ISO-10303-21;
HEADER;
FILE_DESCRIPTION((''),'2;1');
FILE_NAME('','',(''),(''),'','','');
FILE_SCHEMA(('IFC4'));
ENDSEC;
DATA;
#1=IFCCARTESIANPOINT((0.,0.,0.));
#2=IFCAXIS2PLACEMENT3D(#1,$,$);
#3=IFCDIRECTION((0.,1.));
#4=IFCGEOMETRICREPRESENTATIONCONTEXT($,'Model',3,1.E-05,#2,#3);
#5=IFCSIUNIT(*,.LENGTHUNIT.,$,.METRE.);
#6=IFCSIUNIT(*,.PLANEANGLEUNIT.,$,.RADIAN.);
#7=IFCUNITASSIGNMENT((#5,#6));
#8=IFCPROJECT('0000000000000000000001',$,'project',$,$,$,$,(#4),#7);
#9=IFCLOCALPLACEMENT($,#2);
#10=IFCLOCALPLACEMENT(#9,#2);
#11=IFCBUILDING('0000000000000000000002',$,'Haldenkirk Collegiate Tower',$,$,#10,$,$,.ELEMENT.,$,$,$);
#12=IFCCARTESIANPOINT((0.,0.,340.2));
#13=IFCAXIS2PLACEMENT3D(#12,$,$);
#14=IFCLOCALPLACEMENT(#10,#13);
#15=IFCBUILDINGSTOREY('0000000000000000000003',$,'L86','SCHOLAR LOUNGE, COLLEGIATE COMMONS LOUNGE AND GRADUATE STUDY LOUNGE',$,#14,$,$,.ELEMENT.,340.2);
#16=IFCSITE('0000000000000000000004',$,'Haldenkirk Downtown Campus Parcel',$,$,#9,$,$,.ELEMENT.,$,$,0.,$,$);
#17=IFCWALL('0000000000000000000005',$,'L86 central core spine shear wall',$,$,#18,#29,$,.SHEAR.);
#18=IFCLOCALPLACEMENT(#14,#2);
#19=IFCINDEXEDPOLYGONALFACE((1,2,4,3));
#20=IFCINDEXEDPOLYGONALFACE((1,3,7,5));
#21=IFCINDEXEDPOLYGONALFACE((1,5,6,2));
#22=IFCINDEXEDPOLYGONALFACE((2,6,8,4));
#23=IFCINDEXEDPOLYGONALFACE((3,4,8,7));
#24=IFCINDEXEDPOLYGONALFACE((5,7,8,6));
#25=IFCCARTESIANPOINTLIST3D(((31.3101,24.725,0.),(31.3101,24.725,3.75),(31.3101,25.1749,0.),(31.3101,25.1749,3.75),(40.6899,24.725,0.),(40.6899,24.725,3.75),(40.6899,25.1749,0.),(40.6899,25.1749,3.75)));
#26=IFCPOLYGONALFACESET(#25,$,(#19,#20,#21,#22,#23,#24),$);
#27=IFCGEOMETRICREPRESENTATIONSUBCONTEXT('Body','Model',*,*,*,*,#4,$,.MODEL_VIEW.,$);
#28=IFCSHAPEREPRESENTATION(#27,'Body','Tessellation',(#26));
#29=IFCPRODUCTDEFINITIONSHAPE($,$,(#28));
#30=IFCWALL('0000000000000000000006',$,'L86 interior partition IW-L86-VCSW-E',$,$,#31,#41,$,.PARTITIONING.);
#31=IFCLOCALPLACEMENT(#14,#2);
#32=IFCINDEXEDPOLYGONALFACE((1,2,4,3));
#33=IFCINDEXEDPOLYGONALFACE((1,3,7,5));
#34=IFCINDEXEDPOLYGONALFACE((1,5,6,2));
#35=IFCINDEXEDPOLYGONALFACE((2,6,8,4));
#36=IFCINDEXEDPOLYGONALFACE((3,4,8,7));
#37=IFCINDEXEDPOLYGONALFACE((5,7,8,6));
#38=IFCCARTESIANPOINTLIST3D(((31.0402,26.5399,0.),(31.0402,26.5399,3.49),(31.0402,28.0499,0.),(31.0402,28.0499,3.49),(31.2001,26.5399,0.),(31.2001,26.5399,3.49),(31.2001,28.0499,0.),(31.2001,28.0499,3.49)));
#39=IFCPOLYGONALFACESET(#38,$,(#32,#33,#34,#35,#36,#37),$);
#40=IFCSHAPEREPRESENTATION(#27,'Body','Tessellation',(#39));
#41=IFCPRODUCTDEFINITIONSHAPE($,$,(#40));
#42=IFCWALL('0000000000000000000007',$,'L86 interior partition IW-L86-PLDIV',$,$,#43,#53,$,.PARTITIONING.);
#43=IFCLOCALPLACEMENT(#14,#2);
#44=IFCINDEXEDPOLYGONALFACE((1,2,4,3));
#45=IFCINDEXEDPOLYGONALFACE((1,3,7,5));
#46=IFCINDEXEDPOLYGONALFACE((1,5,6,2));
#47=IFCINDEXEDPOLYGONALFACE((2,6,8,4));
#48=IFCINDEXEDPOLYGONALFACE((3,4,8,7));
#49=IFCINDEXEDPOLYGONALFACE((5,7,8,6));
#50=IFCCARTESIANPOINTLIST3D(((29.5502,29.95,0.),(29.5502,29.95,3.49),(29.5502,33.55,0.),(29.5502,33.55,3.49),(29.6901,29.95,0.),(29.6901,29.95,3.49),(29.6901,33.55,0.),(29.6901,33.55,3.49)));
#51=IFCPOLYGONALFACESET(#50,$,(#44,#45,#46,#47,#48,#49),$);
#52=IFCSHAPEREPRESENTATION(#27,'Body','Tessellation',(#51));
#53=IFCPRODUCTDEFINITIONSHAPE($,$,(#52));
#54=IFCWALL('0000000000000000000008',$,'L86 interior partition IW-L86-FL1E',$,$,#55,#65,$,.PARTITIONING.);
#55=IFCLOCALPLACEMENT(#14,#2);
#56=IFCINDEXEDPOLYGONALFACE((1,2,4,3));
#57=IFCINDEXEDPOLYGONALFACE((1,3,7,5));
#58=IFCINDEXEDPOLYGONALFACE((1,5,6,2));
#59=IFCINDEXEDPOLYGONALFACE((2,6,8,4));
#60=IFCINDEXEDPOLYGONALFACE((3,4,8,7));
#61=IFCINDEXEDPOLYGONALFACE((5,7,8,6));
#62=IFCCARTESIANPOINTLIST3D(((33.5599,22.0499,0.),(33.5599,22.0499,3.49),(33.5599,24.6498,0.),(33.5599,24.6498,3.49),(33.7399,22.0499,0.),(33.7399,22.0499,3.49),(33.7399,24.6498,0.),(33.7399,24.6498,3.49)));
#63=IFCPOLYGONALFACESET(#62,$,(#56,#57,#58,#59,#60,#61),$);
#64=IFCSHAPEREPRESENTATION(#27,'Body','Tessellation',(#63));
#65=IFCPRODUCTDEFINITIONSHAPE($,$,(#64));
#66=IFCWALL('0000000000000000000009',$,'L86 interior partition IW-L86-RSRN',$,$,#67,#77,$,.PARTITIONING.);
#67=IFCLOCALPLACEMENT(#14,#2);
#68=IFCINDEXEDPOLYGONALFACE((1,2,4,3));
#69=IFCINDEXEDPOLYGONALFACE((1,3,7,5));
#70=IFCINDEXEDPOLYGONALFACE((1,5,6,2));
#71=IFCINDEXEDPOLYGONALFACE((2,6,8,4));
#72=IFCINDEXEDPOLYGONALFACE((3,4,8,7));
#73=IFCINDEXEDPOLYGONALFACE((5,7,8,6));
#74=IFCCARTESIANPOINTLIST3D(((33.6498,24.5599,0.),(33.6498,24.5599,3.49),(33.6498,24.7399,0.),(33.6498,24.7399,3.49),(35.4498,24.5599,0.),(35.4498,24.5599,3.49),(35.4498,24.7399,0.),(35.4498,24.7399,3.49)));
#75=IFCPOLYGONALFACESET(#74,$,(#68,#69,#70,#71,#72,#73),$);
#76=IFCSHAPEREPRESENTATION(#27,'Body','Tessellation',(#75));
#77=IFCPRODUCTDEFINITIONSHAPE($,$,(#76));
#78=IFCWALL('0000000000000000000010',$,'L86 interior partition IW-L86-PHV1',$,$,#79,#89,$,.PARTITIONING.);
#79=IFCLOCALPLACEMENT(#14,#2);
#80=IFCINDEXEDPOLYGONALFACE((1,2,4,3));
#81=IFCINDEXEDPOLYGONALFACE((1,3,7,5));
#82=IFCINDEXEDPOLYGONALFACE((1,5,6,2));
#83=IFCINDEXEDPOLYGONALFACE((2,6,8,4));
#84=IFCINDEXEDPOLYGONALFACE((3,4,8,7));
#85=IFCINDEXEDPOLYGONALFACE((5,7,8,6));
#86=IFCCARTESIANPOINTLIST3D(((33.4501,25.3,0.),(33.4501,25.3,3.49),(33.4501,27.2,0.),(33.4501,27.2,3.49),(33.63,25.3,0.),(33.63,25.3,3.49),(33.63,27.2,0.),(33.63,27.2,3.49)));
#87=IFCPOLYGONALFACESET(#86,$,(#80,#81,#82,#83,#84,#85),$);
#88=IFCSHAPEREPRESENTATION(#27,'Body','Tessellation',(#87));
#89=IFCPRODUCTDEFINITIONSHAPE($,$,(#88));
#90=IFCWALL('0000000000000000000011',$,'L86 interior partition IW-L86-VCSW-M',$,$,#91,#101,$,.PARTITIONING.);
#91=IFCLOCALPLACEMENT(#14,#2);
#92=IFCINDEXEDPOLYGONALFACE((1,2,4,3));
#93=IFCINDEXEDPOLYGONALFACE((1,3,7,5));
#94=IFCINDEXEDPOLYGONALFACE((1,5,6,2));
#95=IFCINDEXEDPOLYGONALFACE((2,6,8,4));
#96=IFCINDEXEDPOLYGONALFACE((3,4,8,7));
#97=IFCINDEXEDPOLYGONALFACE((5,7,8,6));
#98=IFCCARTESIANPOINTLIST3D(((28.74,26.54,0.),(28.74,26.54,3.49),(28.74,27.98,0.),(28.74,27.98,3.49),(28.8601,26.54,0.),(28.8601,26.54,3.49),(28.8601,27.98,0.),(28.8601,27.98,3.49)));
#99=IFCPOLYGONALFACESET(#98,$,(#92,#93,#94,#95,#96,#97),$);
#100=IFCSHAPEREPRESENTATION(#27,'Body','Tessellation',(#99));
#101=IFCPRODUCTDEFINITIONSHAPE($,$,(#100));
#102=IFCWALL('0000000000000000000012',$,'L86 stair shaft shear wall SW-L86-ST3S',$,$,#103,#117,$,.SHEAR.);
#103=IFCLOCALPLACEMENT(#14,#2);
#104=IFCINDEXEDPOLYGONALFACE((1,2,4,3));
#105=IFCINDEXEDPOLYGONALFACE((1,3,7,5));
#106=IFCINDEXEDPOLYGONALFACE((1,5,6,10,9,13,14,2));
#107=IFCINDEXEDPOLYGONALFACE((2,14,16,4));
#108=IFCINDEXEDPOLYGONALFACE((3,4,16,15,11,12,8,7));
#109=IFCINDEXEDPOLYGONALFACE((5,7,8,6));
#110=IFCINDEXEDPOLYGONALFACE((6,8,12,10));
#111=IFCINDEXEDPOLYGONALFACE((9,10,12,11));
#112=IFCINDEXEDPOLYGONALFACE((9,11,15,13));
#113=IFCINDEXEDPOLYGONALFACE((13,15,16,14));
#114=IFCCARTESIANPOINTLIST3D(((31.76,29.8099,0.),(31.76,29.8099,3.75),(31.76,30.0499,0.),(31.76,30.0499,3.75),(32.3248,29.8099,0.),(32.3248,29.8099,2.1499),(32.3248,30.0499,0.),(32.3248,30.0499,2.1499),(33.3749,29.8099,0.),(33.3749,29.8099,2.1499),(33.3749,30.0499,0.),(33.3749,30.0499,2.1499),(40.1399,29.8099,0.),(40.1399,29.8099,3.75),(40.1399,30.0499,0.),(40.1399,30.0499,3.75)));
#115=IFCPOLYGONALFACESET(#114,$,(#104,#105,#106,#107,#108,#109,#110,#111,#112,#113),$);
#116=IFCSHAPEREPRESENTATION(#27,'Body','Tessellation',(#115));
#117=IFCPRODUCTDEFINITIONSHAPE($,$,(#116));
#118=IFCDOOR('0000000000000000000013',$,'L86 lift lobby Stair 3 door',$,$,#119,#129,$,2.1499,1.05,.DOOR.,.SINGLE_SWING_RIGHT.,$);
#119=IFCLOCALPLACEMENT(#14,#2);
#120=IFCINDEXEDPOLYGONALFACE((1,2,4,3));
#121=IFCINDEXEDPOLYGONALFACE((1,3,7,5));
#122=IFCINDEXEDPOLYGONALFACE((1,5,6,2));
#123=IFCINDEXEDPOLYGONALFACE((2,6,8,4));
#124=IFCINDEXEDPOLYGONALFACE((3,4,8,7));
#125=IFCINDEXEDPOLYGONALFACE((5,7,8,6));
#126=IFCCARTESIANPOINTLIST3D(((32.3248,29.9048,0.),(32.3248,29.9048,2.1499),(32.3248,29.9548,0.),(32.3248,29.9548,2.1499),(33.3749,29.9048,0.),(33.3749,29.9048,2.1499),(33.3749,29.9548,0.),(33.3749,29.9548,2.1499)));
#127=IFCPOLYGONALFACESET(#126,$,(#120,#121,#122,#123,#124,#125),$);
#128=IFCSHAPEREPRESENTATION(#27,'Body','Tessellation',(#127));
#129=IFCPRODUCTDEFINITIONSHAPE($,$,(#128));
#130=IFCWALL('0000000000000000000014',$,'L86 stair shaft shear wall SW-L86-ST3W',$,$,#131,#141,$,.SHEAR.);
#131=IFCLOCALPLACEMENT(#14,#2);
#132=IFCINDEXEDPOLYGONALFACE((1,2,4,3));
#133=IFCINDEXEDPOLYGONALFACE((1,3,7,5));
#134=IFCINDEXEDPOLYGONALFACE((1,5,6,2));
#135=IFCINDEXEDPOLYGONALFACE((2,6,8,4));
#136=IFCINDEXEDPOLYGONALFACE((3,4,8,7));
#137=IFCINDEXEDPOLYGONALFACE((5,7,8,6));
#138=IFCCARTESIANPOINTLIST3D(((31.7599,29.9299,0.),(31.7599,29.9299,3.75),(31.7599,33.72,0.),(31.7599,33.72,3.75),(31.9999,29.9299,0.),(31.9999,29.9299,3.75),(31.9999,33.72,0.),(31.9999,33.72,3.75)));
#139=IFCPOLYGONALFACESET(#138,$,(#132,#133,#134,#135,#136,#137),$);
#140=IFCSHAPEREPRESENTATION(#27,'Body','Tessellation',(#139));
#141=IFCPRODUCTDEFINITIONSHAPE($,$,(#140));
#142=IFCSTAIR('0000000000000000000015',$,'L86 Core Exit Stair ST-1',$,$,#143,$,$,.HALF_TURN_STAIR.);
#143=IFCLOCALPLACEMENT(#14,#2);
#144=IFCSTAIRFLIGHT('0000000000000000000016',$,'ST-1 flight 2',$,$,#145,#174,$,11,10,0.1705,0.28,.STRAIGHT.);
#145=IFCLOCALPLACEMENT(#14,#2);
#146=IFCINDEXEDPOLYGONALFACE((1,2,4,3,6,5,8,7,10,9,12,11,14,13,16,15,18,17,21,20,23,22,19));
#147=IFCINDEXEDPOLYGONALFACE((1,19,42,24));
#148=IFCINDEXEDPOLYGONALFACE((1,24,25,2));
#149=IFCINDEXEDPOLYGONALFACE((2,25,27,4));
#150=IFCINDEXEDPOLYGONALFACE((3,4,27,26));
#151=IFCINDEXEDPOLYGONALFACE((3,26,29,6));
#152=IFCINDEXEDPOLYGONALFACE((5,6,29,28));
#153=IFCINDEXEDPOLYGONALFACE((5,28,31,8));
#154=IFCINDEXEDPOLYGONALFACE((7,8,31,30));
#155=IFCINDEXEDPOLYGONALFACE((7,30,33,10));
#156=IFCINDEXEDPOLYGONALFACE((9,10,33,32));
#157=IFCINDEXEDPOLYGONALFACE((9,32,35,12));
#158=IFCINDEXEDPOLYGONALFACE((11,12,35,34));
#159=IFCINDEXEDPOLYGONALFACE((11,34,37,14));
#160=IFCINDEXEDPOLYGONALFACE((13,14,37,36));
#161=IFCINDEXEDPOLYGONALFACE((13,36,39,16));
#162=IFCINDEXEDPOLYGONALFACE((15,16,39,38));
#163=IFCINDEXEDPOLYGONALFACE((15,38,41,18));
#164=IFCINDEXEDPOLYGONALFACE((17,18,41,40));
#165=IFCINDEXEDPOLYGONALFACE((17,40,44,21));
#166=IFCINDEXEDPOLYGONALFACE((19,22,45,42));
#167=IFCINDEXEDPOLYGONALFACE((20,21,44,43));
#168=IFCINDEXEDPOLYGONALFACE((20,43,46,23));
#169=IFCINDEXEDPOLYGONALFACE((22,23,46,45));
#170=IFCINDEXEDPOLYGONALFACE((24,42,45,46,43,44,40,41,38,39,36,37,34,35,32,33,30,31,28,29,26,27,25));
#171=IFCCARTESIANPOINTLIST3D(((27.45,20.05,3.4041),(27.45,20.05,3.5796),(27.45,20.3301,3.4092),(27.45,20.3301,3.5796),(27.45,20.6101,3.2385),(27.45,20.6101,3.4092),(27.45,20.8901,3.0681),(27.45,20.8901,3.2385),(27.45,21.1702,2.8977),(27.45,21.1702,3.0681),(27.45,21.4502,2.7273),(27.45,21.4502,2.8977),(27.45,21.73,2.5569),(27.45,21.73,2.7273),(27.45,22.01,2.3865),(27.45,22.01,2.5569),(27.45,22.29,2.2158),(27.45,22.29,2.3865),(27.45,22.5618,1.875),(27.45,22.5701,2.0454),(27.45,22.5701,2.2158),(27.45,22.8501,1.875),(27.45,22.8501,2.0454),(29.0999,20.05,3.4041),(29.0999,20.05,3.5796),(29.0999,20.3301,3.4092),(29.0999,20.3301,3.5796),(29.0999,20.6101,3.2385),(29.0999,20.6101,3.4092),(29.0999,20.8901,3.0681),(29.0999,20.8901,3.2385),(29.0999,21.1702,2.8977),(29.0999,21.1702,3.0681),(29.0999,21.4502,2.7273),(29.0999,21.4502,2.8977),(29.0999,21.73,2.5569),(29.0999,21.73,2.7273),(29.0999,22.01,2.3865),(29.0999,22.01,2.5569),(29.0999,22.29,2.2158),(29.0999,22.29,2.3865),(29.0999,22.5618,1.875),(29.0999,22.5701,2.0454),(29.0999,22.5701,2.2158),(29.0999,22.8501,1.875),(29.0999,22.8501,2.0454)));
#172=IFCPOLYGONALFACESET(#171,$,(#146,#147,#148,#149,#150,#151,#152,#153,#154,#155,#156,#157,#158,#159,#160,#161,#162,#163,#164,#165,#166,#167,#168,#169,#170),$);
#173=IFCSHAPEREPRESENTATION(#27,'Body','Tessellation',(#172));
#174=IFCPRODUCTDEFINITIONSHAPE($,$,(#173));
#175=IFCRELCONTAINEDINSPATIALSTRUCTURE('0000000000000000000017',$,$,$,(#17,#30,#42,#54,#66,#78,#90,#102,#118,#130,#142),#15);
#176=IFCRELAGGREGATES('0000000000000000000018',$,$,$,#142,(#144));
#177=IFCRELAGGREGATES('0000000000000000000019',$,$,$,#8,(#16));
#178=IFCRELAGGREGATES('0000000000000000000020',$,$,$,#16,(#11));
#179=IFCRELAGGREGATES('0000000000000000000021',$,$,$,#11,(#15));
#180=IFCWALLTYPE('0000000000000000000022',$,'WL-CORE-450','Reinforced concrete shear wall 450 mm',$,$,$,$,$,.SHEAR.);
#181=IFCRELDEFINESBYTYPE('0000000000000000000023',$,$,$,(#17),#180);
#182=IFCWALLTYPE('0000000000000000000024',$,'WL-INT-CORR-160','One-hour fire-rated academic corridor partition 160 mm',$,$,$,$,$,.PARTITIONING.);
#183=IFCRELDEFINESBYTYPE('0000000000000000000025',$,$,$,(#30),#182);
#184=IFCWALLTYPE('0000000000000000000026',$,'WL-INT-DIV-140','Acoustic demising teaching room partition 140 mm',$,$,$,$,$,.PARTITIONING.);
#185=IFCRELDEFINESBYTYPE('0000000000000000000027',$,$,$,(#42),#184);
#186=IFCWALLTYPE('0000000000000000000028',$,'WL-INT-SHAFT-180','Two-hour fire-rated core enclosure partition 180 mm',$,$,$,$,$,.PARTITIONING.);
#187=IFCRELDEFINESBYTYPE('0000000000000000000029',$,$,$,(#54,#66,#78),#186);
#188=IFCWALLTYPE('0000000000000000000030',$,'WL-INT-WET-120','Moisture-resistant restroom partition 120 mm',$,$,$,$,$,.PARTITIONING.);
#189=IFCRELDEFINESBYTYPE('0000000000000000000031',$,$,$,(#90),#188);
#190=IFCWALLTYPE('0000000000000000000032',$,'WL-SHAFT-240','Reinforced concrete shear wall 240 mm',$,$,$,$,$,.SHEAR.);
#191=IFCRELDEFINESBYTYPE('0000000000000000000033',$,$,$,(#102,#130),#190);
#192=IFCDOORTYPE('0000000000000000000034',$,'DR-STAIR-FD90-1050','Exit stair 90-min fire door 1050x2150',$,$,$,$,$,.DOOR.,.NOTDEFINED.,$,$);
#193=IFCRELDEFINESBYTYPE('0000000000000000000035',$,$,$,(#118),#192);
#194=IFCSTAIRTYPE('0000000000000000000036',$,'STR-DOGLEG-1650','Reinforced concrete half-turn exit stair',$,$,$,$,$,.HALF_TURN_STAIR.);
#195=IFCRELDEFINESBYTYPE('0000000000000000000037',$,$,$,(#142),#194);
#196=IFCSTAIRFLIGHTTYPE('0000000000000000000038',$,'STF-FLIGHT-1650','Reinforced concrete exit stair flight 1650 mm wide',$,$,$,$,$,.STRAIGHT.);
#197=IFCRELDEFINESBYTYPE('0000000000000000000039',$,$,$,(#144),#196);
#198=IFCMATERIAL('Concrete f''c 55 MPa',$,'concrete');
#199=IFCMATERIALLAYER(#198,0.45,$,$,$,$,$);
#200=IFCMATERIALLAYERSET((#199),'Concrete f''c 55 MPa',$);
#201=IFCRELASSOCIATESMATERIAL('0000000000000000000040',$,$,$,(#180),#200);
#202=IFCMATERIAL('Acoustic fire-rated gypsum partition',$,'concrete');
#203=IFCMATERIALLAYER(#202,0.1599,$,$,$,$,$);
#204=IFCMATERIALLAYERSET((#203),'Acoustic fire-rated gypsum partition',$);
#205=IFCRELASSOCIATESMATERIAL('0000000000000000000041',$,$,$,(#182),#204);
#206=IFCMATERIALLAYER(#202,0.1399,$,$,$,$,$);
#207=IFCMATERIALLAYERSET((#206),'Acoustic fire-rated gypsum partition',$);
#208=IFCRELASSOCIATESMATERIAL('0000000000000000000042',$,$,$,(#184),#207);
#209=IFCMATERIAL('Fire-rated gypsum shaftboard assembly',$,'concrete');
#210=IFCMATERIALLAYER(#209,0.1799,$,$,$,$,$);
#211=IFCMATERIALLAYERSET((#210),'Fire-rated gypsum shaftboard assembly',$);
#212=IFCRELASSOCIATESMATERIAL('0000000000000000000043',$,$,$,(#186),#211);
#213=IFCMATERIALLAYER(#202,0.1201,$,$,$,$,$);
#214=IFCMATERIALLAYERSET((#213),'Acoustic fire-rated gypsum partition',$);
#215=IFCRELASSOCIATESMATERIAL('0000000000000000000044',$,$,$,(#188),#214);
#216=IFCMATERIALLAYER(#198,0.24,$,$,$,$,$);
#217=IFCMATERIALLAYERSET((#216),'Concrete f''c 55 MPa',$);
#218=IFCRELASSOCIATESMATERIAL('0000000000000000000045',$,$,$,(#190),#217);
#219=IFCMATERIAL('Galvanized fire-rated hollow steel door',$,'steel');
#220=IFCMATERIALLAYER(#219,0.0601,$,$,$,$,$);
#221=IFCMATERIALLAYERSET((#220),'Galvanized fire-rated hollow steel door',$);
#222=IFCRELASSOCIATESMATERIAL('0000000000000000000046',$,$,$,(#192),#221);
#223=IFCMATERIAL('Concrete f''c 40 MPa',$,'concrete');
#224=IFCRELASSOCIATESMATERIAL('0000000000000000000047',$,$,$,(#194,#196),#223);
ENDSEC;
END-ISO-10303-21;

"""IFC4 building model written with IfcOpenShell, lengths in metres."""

from ifc_helpers import new_model, si_unit, direction, frame, frame_2d, origin, place, context, subcontext, project, spatial, polyline, rectangle, outline, extrude, material, layer, layer_set, type_object, element, fill, aggregate, save


model = new_model("IFC4")

# Units and contexts
model_context = context("Model", 3, precision=1e-05, world=origin(), true_north=direction((0.0, 1.0)))
body_context = subcontext(model_context, "Body", "Model", "MODEL_VIEW")
ifc_project = project(units=[si_unit("LENGTHUNIT", "METRE"), si_unit("PLANEANGLEUNIT", "RADIAN")], contexts=[model_context])

# Site, building, storey
site_placement = place(None, origin())
site = spatial("IfcSite", under=ifc_project, at=site_placement, Name="Haldenkirk Downtown Campus Parcel", CompositionType="ELEMENT", RefElevation=0.0)
building_placement = place(site_placement, origin())
building = spatial("IfcBuilding", under=site, at=building_placement, Name="Haldenkirk Collegiate Tower", CompositionType="ELEMENT")
storey_placement = place(building_placement, frame((0.0, 0.0, 340.2)))
storey = spatial("IfcBuildingStorey", under=building, at=storey_placement, Name="L86", Description="SCHOLAR LOUNGE, COLLEGIATE COMMONS LOUNGE AND GRADUATE STUDY LOUNGE", CompositionType="ELEMENT", Elevation=340.2)

# Walls
ifc_material_1 = material(Name="Concrete f'c 55 MPa", Category="concrete")
ifc_layer_1 = layer(ifc_material_1, 0.45)
ifc_layer_set_1 = layer_set([ifc_layer_1], Name="Concrete f'c 55 MPa")
wall_type_1 = type_object("IfcWallType", Name="WL-CORE-450", Description="Reinforced concrete shear wall 450 mm", PredefinedType="SHEAR", material=ifc_layer_set_1)
wall_1_placement = place(storey_placement, frame((31.3101, 24.95, 0.0), z_axis=(0.0, 0.0, 1.0), x_axis=(1.0, 0.0, 0.0)))
element("IfcWall", 1, at=wall_1_placement, inside=storey, type_object=wall_type_1, Name="L86 central core spine shear wall", PredefinedType="SHEAR", context=body_context, shape_type="SweptSolid", body=[
    extrude(rectangle(XDim=9.3799, YDim=0.45, at=frame_2d((4.6899, 0.0))), origin(), (0.0, 0.0, 1.0), 3.75),
])
ifc_material_2 = material(Name="Acoustic fire-rated gypsum partition", Category="concrete")
ifc_layer_2 = layer(ifc_material_2, 0.1599)
ifc_layer_set_2 = layer_set([ifc_layer_2], Name="Acoustic fire-rated gypsum partition")
wall_type_2 = type_object("IfcWallType", Name="WL-INT-CORR-160", Description="One-hour fire-rated academic corridor partition 160 mm", PredefinedType="PARTITIONING", material=ifc_layer_set_2)
wall_2_placement = place(storey_placement, frame((31.1201, 26.54, 0.0), z_axis=(0.0, 0.0, 1.0), x_axis=(0.0, 1.0, 0.0)))
element("IfcWall", 2, at=wall_2_placement, inside=storey, type_object=wall_type_2, Name="L86 interior partition IW-L86-VCSW-E", PredefinedType="PARTITIONING", context=body_context, shape_type="SweptSolid", body=[
    extrude(rectangle(XDim=1.51, YDim=0.1599, at=frame_2d((0.7549, 0.0))), origin(), (0.0, 0.0, 1.0), 3.49),
])
ifc_layer_3 = layer(ifc_material_2, 0.1399)
ifc_layer_set_3 = layer_set([ifc_layer_3], Name="Acoustic fire-rated gypsum partition")
wall_type_3 = type_object("IfcWallType", Name="WL-INT-DIV-140", Description="Acoustic demising teaching room partition 140 mm", PredefinedType="PARTITIONING", material=ifc_layer_set_3)
wall_3_placement = place(storey_placement, frame((29.6201, 29.95, 0.0), z_axis=(0.0, 0.0, 1.0), x_axis=(0.0, 1.0, 0.0)))
element("IfcWall", 3, at=wall_3_placement, inside=storey, type_object=wall_type_3, Name="L86 interior partition IW-L86-PLDIV", PredefinedType="PARTITIONING", context=body_context, shape_type="SweptSolid", body=[
    extrude(rectangle(XDim=3.6001, YDim=0.1399, at=frame_2d((1.8, 0.0))), origin(), (0.0, 0.0, 1.0), 3.49),
])
ifc_material_3 = material(Name="Fire-rated gypsum shaftboard assembly", Category="concrete")
ifc_layer_4 = layer(ifc_material_3, 0.1799)
ifc_layer_set_4 = layer_set([ifc_layer_4], Name="Fire-rated gypsum shaftboard assembly")
wall_type_4 = type_object("IfcWallType", Name="WL-INT-SHAFT-180", Description="Two-hour fire-rated core enclosure partition 180 mm", PredefinedType="PARTITIONING", material=ifc_layer_set_4)
wall_4_placement = place(storey_placement, frame((33.6499, 22.05, 0.0), z_axis=(0.0, 0.0, 1.0), x_axis=(0.0, 1.0, 0.0)))
element("IfcWall", 4, at=wall_4_placement, inside=storey, type_object=wall_type_4, Name="L86 interior partition IW-L86-FL1E", PredefinedType="PARTITIONING", context=body_context, shape_type="SweptSolid", body=[
    extrude(rectangle(XDim=2.5999, YDim=0.1799, at=frame_2d((1.2998, 0.0))), origin(), (0.0, 0.0, 1.0), 3.49),
])
wall_5_placement = place(storey_placement, frame((33.6499, 24.6499, 0.0), z_axis=(0.0, 0.0, 1.0), x_axis=(1.0, 0.0, 0.0)))
element("IfcWall", 5, at=wall_5_placement, inside=storey, type_object=wall_type_4, Name="L86 interior partition IW-L86-RSRN", PredefinedType="PARTITIONING", context=body_context, shape_type="SweptSolid", body=[
    extrude(rectangle(XDim=1.8, YDim=0.1799, at=frame_2d((0.8999, 0.0))), origin(), (0.0, 0.0, 1.0), 3.49),
])

# Wall
wall_6_placement = place(storey_placement, frame((33.54, 25.3, 0.0), z_axis=(0.0, 0.0, 1.0), x_axis=(0.0, 1.0, 0.0)))
element("IfcWall", 6, at=wall_6_placement, inside=storey, type_object=wall_type_4, Name="L86 interior partition IW-L86-PHV1", PredefinedType="PARTITIONING", context=body_context, shape_type="SweptSolid", body=[
    extrude(rectangle(XDim=1.8999, YDim=0.1799, at=frame_2d((0.95, 0.0))), origin(), (0.0, 0.0, 1.0), 3.49),
])

# Shared definitions
ifc_material_4 = material(Name="Galvanized fire-rated hollow steel door", Category="steel")

# Wall
ifc_layer_5 = layer(ifc_material_2, 0.1201)
ifc_layer_set_5 = layer_set([ifc_layer_5], Name="Acoustic fire-rated gypsum partition")
wall_type_5 = type_object("IfcWallType", Name="WL-INT-WET-120", Description="Moisture-resistant restroom partition 120 mm", PredefinedType="PARTITIONING", material=ifc_layer_set_5)
wall_7_placement = place(storey_placement, frame((28.8, 26.54, 0.0), z_axis=(0.0, 0.0, 1.0), x_axis=(0.0, 1.0, 0.0)))
element("IfcWall", 7, at=wall_7_placement, inside=storey, type_object=wall_type_5, Name="L86 interior partition IW-L86-VCSW-M", PredefinedType="PARTITIONING", context=body_context, shape_type="SweptSolid", body=[
    extrude(rectangle(XDim=1.4399, YDim=0.1201, at=frame_2d((0.72, 0.0))), origin(), (0.0, 0.0, 1.0), 3.49),
])

# Wall, opening, door
ifc_layer_6 = layer(ifc_material_1, 0.24)
ifc_layer_set_6 = layer_set([ifc_layer_6], Name="Concrete f'c 55 MPa")
wall_type_6 = type_object("IfcWallType", Name="WL-SHAFT-240", Description="Reinforced concrete shear wall 240 mm", PredefinedType="SHEAR", material=ifc_layer_set_6)
wall_8_placement = place(storey_placement, frame((31.76, 29.9299, 0.0), z_axis=(0.0, 0.0, 1.0), x_axis=(1.0, 0.0, 0.0)))
wall_8 = element("IfcWall", 8, at=wall_8_placement, inside=storey, type_object=wall_type_6, Name="L86 stair shaft shear wall SW-L86-ST3S", PredefinedType="SHEAR", context=body_context, shape_type="SweptSolid", body=[
    extrude(rectangle(XDim=8.3799, YDim=0.24, at=frame_2d((4.1899, 0.0))), origin(), (0.0, 0.0, 1.0), 3.75),
])
opening_1_placement = place(wall_8_placement, frame((0.5649, 0.0, 0.0)))
opening_1 = element("IfcOpeningElement", 9, at=opening_1_placement, cuts=wall_8, PredefinedType="OPENING", context=body_context, shape_type="SweptSolid", body=[
    extrude(rectangle(XDim=1.05, YDim=2.1499, at=frame_2d((0.5249, 1.075))), frame((0.0, 0.1299, 0.0), z_axis=(0.0, -1.0, 0.0), x_axis=(1.0, 0.0, 0.0)), (0.0, 0.0, 1.0), 0.26),
])
ifc_layer_7 = layer(ifc_material_4, 0.0601)
ifc_layer_set_7 = layer_set([ifc_layer_7], Name="Galvanized fire-rated hollow steel door")
door_type_1 = type_object("IfcDoorType", Name="DR-STAIR-FD90-1050", Description="Exit stair 90-min fire door 1050x2150", OperationType="NOTDEFINED", PredefinedType="DOOR", material=ifc_layer_set_7)
door_1_placement = place(opening_1_placement, origin())
door_1 = element("IfcDoor", 10, at=door_1_placement, inside=storey, type_object=door_type_1, Name="L86 lift lobby Stair 3 door", OperationType="SINGLE_SWING_RIGHT", OverallHeight=2.1499, OverallWidth=1.05, PredefinedType="DOOR", context=body_context, shape_type="SweptSolid", body=[
    extrude(rectangle(XDim=1.05, YDim=2.1499, at=frame_2d((0.5249, 1.075))), frame((0.0, 0.0249, 0.0), z_axis=(0.0, -1.0, 0.0), x_axis=(1.0, 0.0, 0.0)), (0.0, 0.0, 1.0), 0.05),
])
fill(opening_1, door_1)

# Wall
wall_9_placement = place(storey_placement, frame((31.8799, 29.9299, 0.0), z_axis=(0.0, 0.0, 1.0), x_axis=(0.0, 1.0, 0.0)))
element("IfcWall", 11, at=wall_9_placement, inside=storey, type_object=wall_type_6, Name="L86 stair shaft shear wall SW-L86-ST3W", PredefinedType="SHEAR", context=body_context, shape_type="SweptSolid", body=[
    extrude(rectangle(XDim=3.79, YDim=0.24, at=frame_2d((1.895, 0.0))), origin(), (0.0, 0.0, 1.0), 3.75),
])

# Stair, stair flight
ifc_material_5 = material(Name="Concrete f'c 40 MPa", Category="concrete")
stair_type = type_object("IfcStairType", Name="STR-DOGLEG-1650", Description="Reinforced concrete half-turn exit stair", PredefinedType="HALF_TURN_STAIR", material=ifc_material_5)
stair_1_placement = place(storey_placement, origin())
stair_1 = element("IfcStair", 12, at=stair_1_placement, inside=storey, type_object=stair_type, Name="L86 Core Exit Stair ST-1", PredefinedType="HALF_TURN_STAIR")
stair_flight_type = type_object("IfcStairFlightType", Name="STF-FLIGHT-1650", Description="Reinforced concrete exit stair flight 1650 mm wide", PredefinedType="STRAIGHT", material=ifc_material_5)
stair_flight_1_placement = place(storey_placement, frame((28.2749, 22.8501, 1.875), z_axis=(0.0, 0.0, 1.0), x_axis=(0.0, -1.0, 0.0)))
stair_flight_1 = element("IfcStairFlight", 13, at=stair_flight_1_placement, type_object=stair_flight_type, Name="ST-1 flight 2", NumberOfRisers=11, NumberOfTreads=10, PredefinedType="STRAIGHT", RiserHeight=0.1705, TreadLength=0.28, context=body_context, shape_type="SweptSolid", body=[
    extrude(outline(polyline([(0.0, 0.0), (0.0, 0.1704), (0.28, 0.1704), (0.28, 0.3408), (0.5601, 0.3408), (0.5601, 0.5115), (0.8401, 0.5115), (0.8401, 0.6819), (1.1201, 0.6819), (1.1201, 0.8523), (1.3999, 0.8523), (1.3999, 1.0227), (1.6799, 1.0227), (1.6799, 1.1931), (1.96, 1.1931), (1.96, 1.3635), (2.24, 1.3635), (2.24, 1.5342), (2.52, 1.5342), (2.52, 1.7046), (2.8, 1.7046), (2.8, 1.875), (2.8, 1.5291), (0.2883, 0.0), (0.0, 0.0)])), frame((0.0, 0.825, 0.0), z_axis=(0.0, -1.0, 0.0), x_axis=(1.0, 0.0, 0.0)), (0.0, 0.0, 1.0), 1.6499),
])
aggregate(stair_1, [stair_flight_1])

save(model, "model.ifc")
